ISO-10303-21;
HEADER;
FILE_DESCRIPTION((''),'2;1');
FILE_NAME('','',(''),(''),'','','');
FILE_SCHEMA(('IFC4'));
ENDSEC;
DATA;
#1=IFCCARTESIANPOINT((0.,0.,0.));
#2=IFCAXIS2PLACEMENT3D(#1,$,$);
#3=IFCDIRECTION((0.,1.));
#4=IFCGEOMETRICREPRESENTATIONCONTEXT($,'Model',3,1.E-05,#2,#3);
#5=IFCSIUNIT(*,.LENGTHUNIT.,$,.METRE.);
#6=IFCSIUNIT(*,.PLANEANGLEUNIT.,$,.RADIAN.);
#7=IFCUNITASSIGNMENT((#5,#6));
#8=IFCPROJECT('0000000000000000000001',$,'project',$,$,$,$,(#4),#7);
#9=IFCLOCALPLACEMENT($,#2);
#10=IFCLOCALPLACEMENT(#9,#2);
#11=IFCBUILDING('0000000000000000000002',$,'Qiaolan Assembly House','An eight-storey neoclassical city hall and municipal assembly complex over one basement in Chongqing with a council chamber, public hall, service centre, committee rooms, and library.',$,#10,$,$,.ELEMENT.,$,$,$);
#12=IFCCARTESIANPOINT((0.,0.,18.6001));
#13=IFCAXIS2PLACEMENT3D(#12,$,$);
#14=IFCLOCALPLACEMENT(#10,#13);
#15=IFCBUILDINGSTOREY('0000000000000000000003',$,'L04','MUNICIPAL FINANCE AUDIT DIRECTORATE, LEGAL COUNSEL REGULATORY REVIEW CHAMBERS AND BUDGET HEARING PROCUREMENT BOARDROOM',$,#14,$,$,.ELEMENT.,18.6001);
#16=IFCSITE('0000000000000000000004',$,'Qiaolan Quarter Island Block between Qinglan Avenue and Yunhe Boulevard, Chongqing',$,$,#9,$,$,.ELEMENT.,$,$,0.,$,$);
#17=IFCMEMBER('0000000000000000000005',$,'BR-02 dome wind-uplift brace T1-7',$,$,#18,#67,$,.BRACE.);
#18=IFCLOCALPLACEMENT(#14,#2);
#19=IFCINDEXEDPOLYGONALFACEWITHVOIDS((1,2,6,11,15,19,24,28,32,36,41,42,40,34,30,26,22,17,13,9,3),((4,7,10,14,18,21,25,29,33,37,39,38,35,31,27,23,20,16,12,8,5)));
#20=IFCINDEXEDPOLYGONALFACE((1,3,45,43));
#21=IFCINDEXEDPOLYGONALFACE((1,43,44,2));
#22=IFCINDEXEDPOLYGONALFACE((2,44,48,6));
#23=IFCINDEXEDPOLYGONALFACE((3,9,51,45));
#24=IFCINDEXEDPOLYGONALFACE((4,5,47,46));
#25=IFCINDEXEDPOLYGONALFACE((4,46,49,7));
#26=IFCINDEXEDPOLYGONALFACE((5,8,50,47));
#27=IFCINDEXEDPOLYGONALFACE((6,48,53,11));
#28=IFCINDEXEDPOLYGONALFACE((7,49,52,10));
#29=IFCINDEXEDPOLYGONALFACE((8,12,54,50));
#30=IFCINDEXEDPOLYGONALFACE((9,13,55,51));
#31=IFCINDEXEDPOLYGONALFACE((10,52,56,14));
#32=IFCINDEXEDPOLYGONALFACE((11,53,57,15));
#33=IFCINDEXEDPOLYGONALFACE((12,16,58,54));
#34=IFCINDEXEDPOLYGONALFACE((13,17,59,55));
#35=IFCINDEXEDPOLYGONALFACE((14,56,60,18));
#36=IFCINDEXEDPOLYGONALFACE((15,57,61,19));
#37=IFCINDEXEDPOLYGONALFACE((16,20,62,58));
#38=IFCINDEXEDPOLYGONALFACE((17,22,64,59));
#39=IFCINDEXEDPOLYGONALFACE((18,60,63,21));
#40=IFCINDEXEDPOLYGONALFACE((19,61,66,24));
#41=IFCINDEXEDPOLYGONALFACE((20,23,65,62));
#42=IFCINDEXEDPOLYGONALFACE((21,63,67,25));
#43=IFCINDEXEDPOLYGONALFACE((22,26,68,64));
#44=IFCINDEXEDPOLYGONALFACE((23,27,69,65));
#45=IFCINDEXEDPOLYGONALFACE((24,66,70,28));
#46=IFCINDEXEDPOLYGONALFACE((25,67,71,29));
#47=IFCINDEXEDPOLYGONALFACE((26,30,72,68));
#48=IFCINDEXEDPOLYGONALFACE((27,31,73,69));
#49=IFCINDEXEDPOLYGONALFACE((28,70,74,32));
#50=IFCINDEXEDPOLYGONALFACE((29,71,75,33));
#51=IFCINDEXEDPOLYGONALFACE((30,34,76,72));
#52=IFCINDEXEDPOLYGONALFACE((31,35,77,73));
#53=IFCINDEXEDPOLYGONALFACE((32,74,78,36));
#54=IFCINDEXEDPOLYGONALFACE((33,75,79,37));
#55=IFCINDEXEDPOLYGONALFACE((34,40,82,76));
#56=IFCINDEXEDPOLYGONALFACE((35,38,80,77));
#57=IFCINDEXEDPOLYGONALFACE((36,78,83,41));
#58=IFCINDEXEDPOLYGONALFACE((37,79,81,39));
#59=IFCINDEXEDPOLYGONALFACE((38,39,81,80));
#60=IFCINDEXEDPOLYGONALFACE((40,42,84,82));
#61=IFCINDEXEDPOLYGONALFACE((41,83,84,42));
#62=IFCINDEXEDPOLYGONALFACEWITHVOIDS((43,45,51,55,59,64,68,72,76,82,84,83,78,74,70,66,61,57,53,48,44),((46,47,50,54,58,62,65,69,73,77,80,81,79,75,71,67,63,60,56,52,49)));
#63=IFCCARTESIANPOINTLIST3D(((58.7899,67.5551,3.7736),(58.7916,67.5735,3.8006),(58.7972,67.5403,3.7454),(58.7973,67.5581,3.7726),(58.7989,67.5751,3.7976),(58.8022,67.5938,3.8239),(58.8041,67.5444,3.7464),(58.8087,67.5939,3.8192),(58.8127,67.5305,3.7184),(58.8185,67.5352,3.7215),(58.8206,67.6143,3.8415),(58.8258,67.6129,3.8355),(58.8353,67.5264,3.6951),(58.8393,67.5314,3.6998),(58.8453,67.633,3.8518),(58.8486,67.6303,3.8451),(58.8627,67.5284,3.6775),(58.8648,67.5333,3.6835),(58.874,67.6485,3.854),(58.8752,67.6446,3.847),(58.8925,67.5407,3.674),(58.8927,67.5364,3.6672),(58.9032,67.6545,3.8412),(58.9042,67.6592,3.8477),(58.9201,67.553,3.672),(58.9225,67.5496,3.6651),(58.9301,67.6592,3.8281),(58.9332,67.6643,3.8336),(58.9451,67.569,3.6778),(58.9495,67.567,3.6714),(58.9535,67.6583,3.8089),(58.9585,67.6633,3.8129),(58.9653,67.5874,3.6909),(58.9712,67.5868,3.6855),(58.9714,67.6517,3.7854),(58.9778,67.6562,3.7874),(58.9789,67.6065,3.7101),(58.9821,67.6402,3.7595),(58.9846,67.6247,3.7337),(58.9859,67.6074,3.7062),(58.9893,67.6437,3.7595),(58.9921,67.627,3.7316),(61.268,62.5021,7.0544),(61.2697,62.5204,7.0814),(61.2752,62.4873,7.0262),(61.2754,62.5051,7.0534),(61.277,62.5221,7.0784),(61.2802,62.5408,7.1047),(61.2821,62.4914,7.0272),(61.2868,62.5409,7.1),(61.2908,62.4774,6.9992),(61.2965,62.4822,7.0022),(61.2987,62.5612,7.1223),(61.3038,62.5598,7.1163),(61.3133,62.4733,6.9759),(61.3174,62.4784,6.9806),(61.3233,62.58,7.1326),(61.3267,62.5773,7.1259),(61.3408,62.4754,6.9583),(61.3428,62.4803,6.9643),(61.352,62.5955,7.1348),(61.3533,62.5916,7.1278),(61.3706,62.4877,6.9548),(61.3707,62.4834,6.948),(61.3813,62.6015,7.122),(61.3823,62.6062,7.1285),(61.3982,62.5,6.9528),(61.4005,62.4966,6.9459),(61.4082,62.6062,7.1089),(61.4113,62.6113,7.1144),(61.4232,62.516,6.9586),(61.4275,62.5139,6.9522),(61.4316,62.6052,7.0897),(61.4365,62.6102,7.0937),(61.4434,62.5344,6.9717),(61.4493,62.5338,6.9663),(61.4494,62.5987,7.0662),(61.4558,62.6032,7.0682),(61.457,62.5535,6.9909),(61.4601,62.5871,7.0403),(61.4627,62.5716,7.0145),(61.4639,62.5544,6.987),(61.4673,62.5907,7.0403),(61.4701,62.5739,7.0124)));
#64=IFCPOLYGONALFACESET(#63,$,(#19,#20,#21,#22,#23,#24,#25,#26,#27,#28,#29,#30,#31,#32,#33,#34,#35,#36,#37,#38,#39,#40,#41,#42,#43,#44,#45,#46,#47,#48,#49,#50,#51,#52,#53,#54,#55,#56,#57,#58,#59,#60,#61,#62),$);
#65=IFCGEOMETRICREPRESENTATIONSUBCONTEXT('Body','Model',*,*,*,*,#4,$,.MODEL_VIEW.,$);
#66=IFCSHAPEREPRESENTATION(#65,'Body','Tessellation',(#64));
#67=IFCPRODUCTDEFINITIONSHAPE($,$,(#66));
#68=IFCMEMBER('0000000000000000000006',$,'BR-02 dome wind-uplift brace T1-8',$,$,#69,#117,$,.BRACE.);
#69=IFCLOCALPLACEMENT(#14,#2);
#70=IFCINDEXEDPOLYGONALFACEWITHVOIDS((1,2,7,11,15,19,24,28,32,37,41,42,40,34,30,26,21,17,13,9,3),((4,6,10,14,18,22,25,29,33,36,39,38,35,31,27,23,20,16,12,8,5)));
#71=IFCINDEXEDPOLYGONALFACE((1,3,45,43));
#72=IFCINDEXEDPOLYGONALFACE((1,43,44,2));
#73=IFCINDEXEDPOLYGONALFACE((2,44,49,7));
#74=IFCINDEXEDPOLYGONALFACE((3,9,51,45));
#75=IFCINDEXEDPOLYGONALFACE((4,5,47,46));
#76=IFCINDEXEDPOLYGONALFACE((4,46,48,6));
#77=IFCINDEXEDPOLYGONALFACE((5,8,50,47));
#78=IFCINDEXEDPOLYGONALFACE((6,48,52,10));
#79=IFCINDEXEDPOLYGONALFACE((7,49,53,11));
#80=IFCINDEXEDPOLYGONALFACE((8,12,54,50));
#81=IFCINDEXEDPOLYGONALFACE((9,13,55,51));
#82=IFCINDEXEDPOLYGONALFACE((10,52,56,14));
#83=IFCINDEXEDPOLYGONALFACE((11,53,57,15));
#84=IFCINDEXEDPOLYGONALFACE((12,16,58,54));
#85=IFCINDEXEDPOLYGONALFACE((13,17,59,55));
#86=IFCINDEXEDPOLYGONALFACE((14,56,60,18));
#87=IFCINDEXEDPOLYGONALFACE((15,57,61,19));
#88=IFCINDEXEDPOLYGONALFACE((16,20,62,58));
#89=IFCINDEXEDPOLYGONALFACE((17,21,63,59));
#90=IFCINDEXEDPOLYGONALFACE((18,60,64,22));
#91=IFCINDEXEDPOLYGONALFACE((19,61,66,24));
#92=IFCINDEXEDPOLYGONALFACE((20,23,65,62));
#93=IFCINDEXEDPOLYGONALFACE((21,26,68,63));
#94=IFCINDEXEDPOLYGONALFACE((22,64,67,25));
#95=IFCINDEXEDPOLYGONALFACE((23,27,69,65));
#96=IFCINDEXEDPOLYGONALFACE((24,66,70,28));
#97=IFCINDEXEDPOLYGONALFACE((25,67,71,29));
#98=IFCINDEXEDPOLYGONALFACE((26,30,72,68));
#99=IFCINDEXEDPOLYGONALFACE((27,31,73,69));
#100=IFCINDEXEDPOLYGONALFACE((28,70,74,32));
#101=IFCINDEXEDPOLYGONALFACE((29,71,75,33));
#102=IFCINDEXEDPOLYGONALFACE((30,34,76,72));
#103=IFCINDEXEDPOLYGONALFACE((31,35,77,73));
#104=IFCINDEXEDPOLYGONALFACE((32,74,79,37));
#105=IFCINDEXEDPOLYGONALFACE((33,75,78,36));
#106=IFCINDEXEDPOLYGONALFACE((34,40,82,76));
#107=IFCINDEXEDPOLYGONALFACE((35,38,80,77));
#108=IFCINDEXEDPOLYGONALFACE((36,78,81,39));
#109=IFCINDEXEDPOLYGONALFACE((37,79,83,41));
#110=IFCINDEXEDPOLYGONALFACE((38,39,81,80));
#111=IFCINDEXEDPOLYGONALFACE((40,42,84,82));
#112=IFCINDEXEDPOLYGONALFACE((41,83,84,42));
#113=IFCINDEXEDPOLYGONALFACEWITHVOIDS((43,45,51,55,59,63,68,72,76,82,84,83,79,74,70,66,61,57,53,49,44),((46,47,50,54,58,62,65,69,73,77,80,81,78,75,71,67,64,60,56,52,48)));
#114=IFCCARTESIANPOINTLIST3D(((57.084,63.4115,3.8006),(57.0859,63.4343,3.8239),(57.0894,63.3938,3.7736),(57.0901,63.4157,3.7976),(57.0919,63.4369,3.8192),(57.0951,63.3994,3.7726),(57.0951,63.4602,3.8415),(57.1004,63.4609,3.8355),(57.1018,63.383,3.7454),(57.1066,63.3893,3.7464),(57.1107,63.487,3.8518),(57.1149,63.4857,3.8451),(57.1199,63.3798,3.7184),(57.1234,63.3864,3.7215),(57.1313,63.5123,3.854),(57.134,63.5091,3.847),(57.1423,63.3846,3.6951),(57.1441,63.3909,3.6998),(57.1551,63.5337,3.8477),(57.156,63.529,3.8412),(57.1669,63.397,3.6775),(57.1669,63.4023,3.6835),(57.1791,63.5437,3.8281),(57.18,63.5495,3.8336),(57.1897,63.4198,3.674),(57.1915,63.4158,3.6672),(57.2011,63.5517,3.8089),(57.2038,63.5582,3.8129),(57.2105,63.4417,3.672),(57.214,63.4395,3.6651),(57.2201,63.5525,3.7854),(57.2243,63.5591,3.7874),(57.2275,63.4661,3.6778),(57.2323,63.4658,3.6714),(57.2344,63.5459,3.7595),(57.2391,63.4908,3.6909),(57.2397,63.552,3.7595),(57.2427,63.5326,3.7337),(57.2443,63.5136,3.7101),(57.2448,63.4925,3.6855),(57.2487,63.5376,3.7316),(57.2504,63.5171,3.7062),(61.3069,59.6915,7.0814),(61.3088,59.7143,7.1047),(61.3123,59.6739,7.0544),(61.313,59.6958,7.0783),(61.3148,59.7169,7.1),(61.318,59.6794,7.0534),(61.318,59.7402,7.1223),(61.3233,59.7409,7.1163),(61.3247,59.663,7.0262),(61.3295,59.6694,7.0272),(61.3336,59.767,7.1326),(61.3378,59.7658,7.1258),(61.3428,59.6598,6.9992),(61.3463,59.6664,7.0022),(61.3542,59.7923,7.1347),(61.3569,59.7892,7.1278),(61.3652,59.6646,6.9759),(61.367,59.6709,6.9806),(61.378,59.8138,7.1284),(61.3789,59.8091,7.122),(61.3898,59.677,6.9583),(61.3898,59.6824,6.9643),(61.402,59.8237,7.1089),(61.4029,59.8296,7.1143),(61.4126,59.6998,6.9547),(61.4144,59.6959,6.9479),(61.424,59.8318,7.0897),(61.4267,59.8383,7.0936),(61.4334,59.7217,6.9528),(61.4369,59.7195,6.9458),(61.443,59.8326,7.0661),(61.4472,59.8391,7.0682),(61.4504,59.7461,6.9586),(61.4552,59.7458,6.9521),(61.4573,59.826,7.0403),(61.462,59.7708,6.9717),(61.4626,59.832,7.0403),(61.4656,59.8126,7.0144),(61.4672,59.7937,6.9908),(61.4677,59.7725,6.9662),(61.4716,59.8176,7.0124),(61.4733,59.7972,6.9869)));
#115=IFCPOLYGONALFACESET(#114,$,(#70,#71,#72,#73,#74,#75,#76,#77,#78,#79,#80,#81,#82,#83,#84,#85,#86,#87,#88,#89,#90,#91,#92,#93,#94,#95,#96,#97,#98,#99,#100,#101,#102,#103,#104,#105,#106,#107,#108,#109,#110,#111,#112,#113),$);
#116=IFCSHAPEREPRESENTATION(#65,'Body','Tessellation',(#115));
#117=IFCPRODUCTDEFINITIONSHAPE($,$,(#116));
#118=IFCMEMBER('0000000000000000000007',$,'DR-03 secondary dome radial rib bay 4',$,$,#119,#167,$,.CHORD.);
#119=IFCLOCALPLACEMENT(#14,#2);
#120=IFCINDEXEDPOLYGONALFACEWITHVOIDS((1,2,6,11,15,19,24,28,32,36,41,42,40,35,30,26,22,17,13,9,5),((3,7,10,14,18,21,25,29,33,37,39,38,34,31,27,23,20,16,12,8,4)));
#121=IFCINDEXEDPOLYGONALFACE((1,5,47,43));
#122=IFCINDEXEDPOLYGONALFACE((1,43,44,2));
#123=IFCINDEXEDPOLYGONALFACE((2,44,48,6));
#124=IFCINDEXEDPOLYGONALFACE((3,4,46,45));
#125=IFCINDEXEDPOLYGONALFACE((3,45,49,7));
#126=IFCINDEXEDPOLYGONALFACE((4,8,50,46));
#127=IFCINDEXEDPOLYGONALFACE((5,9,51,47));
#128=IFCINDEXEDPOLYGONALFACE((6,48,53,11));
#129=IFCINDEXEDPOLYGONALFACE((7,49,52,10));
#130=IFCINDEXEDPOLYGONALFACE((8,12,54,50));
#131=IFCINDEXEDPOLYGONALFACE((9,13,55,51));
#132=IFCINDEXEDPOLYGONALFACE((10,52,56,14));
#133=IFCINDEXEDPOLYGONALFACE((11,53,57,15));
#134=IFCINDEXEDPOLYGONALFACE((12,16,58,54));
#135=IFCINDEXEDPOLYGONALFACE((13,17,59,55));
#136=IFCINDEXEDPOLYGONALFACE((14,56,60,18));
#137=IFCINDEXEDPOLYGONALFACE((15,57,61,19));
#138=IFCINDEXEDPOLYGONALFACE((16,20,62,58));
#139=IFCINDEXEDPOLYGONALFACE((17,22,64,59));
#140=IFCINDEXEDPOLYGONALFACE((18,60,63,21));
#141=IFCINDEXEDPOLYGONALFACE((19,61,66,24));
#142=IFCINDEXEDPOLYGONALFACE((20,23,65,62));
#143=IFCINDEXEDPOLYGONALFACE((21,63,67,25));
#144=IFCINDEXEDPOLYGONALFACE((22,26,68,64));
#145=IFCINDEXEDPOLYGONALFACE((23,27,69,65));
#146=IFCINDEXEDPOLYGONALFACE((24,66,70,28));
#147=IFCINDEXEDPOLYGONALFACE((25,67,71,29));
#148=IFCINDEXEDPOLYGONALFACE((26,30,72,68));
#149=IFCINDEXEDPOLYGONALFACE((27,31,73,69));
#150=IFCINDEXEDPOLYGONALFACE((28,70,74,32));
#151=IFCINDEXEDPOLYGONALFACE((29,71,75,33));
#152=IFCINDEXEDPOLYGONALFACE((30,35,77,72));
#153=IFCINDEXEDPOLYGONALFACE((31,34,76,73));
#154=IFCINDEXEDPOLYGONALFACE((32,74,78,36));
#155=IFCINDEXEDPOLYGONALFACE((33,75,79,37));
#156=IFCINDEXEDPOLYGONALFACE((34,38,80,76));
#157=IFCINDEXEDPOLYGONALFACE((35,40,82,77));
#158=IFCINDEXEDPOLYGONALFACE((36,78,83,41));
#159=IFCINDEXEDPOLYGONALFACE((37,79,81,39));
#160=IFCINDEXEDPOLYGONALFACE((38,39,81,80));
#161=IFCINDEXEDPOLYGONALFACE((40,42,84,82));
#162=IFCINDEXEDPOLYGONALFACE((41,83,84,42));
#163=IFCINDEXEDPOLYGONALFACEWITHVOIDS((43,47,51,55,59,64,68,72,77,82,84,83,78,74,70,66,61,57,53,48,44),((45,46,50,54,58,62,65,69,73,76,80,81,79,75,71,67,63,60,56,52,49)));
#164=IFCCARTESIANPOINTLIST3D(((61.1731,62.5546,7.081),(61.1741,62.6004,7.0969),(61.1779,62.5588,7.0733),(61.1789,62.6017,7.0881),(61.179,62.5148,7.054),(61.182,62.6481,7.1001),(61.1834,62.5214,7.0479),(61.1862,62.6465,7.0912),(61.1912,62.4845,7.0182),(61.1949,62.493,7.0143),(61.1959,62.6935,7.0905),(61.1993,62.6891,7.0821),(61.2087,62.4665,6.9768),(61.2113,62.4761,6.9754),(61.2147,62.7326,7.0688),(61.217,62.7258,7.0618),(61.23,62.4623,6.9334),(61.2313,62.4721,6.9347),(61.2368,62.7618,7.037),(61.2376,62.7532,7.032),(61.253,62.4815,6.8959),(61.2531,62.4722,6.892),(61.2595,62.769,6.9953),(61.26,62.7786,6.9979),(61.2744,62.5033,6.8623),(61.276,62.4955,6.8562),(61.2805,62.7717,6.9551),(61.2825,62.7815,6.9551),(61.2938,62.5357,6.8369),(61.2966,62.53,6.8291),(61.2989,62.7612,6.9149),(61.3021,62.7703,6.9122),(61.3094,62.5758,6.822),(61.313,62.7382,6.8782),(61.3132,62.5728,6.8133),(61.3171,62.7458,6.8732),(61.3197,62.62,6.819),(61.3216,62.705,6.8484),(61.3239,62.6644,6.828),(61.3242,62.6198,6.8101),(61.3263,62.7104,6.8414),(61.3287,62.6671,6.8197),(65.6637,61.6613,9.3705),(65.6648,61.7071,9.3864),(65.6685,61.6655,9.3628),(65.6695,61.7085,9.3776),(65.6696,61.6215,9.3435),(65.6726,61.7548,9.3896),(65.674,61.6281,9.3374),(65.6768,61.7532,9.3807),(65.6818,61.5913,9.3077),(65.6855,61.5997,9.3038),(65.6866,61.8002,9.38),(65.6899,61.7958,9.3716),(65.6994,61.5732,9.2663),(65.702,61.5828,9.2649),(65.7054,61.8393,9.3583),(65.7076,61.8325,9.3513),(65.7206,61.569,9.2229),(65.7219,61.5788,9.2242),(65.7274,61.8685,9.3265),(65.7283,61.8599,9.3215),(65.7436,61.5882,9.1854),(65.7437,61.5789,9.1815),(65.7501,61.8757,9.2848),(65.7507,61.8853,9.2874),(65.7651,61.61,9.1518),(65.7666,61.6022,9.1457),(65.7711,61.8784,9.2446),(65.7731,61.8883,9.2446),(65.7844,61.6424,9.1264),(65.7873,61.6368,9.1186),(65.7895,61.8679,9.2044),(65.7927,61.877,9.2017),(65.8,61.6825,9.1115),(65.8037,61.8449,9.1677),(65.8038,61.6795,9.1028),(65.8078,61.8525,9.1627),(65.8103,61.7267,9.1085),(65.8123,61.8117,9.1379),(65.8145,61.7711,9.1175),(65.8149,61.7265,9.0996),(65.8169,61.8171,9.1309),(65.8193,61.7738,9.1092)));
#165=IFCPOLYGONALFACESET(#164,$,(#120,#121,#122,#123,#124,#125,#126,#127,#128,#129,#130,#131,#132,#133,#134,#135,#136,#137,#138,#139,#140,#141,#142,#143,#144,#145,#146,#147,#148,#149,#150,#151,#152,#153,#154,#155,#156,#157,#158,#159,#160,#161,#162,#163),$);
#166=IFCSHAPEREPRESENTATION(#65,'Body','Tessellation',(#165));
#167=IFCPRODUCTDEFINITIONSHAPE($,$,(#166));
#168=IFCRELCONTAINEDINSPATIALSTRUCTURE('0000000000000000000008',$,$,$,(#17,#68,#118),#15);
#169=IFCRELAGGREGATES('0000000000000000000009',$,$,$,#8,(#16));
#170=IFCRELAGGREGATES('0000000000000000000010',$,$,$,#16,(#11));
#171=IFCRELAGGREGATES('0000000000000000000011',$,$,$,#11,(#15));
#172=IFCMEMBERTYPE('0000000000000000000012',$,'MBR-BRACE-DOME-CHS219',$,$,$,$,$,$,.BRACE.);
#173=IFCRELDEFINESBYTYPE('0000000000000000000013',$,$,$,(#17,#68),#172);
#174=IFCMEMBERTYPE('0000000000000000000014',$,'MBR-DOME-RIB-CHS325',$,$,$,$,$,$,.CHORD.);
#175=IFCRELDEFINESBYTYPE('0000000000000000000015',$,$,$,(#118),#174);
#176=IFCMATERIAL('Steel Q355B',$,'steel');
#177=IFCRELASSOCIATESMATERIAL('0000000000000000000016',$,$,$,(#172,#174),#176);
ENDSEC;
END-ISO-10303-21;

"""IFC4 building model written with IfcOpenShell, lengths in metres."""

from ifc_helpers import new_model, si_unit, direction, frame, origin, origin_2d, place, context, subcontext, project, spatial, hollow_circle, extrude, material, material_profile, profile_set, type_object, element, save


model = new_model("IFC4")

# Units and contexts
model_context = context("Model", 3, precision=1e-05, world=origin(), true_north=direction((0.0, 1.0)))
body_context = subcontext(model_context, "Body", "Model", "MODEL_VIEW")
ifc_project = project(units=[si_unit("LENGTHUNIT", "METRE"), si_unit("PLANEANGLEUNIT", "RADIAN")], contexts=[model_context])

# Site, building, storey
site_placement = place(None, origin())
site = spatial("IfcSite", under=ifc_project, at=site_placement, Name="Qiaolan Quarter Island Block between Qinglan Avenue and Yunhe Boulevard, Chongqing", CompositionType="ELEMENT", RefElevation=0.0)
building_placement = place(site_placement, origin())
building = spatial("IfcBuilding", under=site, at=building_placement, Name="Qiaolan Assembly House", Description="An eight-storey neoclassical city hall and municipal assembly complex over one basement in Chongqing with a council chamber, public hall, service centre, committee rooms, and library.", CompositionType="ELEMENT")
storey_placement = place(building_placement, frame((0.0, 0.0, 18.6001)))
storey = spatial("IfcBuildingStorey", under=building, at=storey_placement, Name="L04", Description="MUNICIPAL FINANCE AUDIT DIRECTORATE, LEGAL COUNSEL REGULATORY REVIEW CHAMBERS AND BUDGET HEARING PROCUREMENT BOARDROOM", CompositionType="ELEMENT", Elevation=18.6001)

# Shared definitions
ifc_material_1 = material(Name="Steel Q355B", Category="steel")

# Members
ifc_material_profile_1 = material_profile(ifc_material_1, hollow_circle(Radius=0.1096, WallThickness=0.0081, at=origin_2d()), Name="CHS 219.1x8")
ifc_profile_set_1 = profile_set([ifc_material_profile_1], Name="Steel Q355B")
member_type_1 = type_object("IfcMemberType", Name="MBR-BRACE-DOME-CHS219", PredefinedType="BRACE", material=ifc_profile_set_1)
member_1_placement = place(storey_placement, frame((58.8909, 67.5955, 3.7595), z_axis=(0.380396, -0.77567, 0.503622), x_axis=(0.897845, 0.440312, 0.0)))
element("IfcMember", 1, at=member_1_placement, inside=storey, type_object=member_type_1, Name="BR-02 dome wind-uplift brace T1-7", PredefinedType="BRACE", context=body_context, shape_type="SweptSolid", body=[
    extrude(hollow_circle(Radius=0.1096, WallThickness=0.0081, at=origin_2d()), origin(), (0.0, 0.0, 1.0), 6.5144),
])
member_2_placement = place(storey_placement, frame((57.1672, 63.4697, 3.7595), z_axis=(0.648263, -0.571058, 0.503634), x_axis=(0.66101, 0.750377, 0.0)))
element("IfcMember", 2, at=member_2_placement, inside=storey, type_object=member_type_1, Name="BR-02 dome wind-uplift brace T1-8", PredefinedType="BRACE", context=body_context, shape_type="SweptSolid", body=[
    extrude(hollow_circle(Radius=0.1096, WallThickness=0.0081, at=origin_2d()), origin(), (0.0, 0.0, 1.0), 6.5142),
])
ifc_material_profile_2 = material_profile(ifc_material_1, hollow_circle(Radius=0.1626, WallThickness=0.01, at=origin_2d()), Name="CHS 325x10")
ifc_profile_set_2 = profile_set([ifc_material_profile_2], Name="Steel Q355B")
member_type_2 = type_object("IfcMemberType", Name="MBR-DOME-RIB-CHS325", PredefinedType="CHORD", material=ifc_profile_set_2)
member_3_placement = place(storey_placement, frame((61.2507, 62.6221, 6.9551), z_axis=(0.877224, -0.174501, 0.447244), x_axis=(0.195101, 0.980783, 0.0)))
element("IfcMember", 3, at=member_3_placement, inside=storey, type_object=member_type_2, Name="DR-03 secondary dome radial rib bay 4", PredefinedType="CHORD", context=body_context, shape_type="SweptSolid", body=[
    extrude(hollow_circle(Radius=0.1626, WallThickness=0.01, at=origin_2d()), origin(), (0.0, 0.0, 1.0), 5.1191),
])

save(model, "model.ifc")
